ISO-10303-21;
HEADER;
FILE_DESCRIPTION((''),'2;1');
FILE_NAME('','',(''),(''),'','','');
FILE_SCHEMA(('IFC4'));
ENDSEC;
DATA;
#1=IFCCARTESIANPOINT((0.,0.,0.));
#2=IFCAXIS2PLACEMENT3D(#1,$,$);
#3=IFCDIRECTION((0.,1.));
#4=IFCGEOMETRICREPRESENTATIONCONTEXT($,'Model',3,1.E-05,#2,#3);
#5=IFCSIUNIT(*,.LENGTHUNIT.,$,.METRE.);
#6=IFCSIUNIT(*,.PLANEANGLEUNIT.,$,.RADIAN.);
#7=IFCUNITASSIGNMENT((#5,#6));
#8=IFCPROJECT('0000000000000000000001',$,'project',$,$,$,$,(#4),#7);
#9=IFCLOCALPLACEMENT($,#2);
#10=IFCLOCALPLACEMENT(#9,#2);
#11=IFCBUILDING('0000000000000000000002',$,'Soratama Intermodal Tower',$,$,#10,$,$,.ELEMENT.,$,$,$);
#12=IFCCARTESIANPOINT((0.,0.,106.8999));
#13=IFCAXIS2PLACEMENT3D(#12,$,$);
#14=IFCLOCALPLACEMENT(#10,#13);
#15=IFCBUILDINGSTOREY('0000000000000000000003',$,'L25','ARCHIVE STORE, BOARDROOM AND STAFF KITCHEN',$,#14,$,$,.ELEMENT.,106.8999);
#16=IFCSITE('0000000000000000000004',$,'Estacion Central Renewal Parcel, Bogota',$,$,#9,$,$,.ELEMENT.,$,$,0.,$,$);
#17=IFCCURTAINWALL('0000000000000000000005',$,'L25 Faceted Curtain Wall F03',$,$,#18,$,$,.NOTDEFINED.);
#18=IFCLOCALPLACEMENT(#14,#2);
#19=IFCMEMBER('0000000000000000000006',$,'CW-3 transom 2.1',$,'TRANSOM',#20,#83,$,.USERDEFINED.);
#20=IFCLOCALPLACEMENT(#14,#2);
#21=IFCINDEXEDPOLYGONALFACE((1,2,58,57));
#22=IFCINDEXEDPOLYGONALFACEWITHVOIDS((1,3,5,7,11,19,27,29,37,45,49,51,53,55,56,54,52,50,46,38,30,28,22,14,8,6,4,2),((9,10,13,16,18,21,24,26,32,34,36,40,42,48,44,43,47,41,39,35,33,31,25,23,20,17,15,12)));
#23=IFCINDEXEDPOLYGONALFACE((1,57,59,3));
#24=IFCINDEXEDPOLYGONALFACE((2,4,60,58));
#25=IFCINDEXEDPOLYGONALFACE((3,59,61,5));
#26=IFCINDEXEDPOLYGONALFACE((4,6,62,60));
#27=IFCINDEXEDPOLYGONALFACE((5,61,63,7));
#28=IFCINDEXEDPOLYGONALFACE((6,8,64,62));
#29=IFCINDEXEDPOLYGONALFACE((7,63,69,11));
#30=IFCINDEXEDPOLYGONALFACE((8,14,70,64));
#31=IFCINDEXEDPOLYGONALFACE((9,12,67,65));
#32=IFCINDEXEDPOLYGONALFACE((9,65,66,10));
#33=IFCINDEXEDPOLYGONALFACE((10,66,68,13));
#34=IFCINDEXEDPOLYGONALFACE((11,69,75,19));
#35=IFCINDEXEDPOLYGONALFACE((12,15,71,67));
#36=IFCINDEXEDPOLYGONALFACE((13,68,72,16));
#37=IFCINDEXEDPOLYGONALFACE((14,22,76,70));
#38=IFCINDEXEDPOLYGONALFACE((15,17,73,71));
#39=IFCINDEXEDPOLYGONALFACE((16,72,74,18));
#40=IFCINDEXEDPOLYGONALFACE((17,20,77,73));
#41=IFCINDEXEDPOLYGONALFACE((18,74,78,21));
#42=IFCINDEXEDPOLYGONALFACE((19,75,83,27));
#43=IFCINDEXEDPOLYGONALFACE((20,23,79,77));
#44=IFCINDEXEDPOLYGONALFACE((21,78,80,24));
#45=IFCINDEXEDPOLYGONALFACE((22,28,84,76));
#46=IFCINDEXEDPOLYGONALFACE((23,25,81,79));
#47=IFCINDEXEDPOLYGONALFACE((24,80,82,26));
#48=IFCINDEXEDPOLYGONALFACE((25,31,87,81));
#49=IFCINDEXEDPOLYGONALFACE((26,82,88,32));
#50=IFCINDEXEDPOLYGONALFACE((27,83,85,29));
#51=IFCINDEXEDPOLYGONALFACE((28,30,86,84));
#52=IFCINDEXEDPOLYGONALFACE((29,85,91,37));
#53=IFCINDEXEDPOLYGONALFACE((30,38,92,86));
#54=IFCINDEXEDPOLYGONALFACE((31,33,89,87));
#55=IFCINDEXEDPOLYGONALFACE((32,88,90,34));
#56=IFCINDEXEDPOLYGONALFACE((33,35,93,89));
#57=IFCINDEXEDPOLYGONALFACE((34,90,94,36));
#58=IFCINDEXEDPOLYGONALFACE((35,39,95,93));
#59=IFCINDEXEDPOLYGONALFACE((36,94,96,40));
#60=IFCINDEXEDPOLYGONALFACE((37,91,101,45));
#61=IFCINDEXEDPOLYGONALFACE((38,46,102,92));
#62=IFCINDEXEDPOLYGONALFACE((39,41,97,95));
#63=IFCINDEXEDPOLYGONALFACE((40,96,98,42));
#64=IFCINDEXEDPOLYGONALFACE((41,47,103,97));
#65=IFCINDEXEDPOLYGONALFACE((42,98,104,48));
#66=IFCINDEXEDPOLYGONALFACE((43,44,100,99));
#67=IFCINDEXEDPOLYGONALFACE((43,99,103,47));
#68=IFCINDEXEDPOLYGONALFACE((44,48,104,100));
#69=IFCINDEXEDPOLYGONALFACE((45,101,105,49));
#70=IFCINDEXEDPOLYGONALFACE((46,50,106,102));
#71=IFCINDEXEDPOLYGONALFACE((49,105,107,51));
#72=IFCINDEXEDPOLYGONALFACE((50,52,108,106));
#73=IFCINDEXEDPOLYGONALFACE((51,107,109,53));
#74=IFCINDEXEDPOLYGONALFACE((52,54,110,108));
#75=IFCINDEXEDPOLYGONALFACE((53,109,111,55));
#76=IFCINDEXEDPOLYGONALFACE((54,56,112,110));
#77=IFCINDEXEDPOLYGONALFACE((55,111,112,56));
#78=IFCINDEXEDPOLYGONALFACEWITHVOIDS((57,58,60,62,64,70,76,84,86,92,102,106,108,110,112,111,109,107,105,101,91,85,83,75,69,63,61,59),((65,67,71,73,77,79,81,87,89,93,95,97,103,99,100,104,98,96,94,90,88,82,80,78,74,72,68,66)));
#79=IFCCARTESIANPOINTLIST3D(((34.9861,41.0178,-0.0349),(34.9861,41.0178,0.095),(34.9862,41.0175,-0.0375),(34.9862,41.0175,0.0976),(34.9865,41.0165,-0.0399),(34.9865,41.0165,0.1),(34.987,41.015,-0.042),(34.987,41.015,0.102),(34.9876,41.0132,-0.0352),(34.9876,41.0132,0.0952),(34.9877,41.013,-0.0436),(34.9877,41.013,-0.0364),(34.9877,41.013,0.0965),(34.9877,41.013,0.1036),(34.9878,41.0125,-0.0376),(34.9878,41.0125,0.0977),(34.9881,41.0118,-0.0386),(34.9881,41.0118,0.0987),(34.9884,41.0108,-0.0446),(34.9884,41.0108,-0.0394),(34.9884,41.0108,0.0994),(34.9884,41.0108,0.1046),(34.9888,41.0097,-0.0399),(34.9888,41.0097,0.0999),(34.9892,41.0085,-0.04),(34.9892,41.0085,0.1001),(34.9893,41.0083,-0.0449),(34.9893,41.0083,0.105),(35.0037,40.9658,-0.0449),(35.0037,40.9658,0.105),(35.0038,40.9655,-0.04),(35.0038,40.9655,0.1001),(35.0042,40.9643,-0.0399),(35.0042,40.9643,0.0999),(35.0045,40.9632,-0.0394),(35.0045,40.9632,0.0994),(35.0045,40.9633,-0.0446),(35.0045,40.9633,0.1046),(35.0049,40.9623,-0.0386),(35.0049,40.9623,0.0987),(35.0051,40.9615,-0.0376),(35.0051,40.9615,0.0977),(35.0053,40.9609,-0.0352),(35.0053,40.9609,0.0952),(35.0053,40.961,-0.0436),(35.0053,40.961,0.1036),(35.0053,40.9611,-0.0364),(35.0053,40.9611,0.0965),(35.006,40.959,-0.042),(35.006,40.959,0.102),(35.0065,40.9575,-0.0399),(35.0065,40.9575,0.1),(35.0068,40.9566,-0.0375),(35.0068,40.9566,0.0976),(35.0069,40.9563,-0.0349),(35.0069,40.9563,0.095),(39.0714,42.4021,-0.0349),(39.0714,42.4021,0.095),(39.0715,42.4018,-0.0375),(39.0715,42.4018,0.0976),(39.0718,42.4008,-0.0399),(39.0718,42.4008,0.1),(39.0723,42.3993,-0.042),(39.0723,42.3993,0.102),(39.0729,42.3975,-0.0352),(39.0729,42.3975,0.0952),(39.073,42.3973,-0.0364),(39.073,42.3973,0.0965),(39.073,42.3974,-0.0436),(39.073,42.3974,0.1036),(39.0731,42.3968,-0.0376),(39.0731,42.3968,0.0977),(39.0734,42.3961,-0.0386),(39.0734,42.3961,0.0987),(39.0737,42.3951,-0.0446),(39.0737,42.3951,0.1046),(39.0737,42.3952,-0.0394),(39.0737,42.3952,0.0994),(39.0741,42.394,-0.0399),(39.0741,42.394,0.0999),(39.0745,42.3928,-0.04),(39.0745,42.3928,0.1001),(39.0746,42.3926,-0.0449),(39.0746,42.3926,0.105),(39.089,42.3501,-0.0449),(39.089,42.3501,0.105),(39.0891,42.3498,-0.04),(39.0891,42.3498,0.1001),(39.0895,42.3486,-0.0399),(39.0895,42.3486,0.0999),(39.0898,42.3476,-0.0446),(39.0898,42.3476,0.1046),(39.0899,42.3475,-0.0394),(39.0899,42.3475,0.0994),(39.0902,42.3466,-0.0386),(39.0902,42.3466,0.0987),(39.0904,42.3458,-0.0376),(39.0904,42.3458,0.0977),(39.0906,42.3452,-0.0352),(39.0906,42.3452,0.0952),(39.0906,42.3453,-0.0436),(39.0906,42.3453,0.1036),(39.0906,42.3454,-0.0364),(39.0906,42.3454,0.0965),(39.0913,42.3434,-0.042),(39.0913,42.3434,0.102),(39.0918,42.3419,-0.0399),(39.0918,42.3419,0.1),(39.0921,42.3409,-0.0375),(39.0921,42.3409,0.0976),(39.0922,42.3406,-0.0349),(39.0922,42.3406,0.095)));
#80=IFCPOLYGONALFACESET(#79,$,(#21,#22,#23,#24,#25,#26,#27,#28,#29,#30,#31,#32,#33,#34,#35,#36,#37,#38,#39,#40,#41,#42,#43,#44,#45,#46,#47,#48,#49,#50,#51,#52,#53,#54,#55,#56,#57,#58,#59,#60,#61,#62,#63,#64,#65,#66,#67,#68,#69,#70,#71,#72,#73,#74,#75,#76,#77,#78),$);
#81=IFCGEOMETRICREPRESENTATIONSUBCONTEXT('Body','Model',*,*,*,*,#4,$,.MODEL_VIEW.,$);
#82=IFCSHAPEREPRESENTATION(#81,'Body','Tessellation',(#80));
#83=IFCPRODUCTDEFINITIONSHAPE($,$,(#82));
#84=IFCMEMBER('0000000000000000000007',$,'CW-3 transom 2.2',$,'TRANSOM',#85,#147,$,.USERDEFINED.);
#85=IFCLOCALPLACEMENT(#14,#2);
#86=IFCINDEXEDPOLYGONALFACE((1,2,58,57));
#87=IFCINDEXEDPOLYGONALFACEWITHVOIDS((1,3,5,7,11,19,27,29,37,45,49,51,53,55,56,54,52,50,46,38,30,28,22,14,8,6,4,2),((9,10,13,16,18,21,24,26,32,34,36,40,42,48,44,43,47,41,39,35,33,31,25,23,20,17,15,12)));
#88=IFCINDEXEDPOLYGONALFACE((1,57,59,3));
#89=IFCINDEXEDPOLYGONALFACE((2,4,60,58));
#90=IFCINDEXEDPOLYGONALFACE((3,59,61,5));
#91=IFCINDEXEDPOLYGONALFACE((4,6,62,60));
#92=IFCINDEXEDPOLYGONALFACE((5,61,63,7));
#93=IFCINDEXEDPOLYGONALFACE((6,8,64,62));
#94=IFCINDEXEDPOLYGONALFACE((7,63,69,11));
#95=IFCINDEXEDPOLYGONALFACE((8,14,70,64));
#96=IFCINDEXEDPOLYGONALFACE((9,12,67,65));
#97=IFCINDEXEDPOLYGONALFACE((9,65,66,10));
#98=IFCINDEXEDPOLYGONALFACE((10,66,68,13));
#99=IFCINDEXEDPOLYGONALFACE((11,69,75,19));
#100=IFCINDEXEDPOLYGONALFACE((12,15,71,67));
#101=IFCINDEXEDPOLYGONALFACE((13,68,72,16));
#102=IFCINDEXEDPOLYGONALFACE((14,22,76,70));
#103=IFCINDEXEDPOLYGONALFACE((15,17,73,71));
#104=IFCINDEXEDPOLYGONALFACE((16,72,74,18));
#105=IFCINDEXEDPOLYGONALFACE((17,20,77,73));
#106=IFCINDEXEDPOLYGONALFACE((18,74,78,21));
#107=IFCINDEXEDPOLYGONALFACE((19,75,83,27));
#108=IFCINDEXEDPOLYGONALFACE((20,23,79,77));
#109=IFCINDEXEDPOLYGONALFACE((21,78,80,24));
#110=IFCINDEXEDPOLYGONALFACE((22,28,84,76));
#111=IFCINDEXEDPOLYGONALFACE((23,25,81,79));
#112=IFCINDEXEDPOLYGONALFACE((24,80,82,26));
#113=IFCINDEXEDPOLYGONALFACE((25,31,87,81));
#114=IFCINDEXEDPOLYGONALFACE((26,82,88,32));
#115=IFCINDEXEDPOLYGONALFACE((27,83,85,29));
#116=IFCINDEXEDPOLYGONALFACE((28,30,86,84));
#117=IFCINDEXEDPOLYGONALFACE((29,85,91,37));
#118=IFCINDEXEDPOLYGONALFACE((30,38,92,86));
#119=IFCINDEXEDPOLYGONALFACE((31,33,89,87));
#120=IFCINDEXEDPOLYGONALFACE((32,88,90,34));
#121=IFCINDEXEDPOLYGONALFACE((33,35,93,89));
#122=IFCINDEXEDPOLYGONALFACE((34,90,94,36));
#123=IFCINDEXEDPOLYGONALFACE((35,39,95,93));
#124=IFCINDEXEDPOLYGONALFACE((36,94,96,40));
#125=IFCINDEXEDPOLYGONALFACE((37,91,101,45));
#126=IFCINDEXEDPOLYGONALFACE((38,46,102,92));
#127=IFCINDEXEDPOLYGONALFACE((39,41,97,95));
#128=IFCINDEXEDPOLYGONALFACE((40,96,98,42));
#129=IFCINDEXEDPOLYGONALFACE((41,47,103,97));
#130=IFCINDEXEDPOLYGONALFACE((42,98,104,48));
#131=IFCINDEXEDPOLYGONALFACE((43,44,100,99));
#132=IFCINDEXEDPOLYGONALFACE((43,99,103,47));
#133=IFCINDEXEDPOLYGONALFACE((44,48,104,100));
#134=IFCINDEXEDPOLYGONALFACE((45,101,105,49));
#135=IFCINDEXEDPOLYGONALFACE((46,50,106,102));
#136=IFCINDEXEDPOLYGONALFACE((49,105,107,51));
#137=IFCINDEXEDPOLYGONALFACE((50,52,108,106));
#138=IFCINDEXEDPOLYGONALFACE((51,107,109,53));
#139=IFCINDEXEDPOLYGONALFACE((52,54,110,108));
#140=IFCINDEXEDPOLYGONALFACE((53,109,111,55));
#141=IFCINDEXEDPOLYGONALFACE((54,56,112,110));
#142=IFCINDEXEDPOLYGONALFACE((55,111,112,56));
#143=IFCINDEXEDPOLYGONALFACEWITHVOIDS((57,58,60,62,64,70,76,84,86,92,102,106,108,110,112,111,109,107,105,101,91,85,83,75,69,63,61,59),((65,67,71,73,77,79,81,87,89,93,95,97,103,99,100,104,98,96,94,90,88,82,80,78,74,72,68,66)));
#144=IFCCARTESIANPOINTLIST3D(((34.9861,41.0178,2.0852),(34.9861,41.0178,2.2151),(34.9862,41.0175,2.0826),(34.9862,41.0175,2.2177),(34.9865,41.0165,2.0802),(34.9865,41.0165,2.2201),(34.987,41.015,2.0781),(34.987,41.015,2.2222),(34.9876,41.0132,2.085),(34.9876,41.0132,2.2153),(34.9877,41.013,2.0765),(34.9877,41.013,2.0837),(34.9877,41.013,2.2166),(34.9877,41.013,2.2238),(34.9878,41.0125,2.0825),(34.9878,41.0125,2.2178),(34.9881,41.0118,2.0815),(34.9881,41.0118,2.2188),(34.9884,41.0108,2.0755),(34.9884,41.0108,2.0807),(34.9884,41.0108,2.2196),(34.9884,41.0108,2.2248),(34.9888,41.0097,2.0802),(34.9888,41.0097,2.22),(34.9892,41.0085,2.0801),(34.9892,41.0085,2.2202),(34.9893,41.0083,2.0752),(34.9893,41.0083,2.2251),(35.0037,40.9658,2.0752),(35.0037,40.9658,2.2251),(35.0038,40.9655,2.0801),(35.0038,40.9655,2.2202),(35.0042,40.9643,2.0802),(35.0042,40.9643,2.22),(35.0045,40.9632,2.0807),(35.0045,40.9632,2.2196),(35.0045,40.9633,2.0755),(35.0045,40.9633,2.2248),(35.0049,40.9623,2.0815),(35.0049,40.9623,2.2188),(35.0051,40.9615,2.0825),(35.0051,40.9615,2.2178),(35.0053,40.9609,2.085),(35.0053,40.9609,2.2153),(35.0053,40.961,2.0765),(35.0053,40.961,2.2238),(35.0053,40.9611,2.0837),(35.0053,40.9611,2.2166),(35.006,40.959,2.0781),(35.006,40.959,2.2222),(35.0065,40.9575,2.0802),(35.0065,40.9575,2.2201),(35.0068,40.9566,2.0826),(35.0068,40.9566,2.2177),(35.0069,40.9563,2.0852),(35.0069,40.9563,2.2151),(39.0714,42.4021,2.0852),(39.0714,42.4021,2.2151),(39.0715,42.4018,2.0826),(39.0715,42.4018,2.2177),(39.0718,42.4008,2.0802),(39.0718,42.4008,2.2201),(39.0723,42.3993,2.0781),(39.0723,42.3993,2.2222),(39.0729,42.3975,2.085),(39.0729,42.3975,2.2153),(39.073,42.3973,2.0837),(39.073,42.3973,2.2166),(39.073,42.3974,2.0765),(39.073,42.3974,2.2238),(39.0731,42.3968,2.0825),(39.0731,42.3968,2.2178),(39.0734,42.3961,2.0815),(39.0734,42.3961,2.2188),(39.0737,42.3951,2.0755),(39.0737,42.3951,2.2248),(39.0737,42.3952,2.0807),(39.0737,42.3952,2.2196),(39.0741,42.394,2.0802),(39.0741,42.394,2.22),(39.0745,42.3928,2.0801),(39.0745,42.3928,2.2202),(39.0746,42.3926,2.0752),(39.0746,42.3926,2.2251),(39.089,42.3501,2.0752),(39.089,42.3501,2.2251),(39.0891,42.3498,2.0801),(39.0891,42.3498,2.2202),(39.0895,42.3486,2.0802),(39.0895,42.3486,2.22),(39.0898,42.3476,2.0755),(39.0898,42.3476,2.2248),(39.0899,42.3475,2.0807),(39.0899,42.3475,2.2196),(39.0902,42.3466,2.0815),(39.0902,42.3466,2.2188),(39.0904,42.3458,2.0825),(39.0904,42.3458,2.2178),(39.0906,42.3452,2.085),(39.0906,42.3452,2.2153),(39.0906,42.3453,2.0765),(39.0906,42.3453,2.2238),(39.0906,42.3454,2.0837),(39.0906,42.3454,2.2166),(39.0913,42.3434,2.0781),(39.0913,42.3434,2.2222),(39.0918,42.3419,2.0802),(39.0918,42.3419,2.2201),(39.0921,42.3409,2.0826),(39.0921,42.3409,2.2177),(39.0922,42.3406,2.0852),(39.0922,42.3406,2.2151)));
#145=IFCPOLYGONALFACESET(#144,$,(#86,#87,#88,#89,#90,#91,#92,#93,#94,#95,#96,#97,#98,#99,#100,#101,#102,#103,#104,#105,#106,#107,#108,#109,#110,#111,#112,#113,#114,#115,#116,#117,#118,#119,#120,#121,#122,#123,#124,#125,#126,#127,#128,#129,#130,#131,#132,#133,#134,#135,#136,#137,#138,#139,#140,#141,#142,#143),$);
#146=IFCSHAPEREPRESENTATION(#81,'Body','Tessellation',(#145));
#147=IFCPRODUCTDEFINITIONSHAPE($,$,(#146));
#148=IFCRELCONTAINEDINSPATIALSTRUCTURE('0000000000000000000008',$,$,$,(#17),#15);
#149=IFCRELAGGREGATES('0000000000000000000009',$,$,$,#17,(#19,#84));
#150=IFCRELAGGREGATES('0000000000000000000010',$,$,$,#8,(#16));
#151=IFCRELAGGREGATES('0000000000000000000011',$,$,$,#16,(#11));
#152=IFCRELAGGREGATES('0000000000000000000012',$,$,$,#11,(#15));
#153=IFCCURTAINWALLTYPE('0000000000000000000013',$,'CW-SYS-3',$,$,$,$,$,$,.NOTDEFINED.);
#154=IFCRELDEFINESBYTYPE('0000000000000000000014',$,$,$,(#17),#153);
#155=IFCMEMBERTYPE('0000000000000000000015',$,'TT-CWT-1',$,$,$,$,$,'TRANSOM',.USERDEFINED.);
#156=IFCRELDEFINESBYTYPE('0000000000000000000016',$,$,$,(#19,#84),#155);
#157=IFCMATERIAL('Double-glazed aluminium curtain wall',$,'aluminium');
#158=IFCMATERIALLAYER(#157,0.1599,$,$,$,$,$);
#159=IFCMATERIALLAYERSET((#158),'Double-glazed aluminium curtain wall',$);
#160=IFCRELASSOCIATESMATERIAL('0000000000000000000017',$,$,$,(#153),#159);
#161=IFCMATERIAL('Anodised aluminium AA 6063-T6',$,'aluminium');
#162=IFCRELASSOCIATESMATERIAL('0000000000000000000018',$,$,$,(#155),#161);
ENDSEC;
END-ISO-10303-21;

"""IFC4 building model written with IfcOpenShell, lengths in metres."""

from ifc_helpers import new_model, si_unit, direction, frame, origin, origin_2d, place, context, subcontext, project, spatial, hollow_rectangle, extrude, material, layer, layer_set, material_profile, profile_set, type_object, element, aggregate, save


model = new_model("IFC4")

# Units and contexts
model_context = context("Model", 3, precision=1e-05, world=origin(), true_north=direction((0.0, 1.0)))
body_context = subcontext(model_context, "Body", "Model", "MODEL_VIEW")
ifc_project = project(units=[si_unit("LENGTHUNIT", "METRE"), si_unit("PLANEANGLEUNIT", "RADIAN")], contexts=[model_context])

# Site, building, storey
site_placement = place(None, origin())
site = spatial("IfcSite", under=ifc_project, at=site_placement, Name="Estacion Central Renewal Parcel, Bogota", CompositionType="ELEMENT", RefElevation=0.0)
building_placement = place(site_placement, origin())
building = spatial("IfcBuilding", under=site, at=building_placement, Name="Soratama Intermodal Tower", CompositionType="ELEMENT")
storey_placement = place(building_placement, frame((0.0, 0.0, 106.8999)))
storey = spatial("IfcBuildingStorey", under=building, at=storey_placement, Name="L25", Description="ARCHIVE STORE, BOARDROOM AND STAFF KITCHEN", CompositionType="ELEMENT", Elevation=106.8999)

# Curtain wall, members
ifc_material_1 = material(Name="Double-glazed aluminium curtain wall", Category="aluminium")
ifc_layer_1 = layer(ifc_material_1, 0.1599)
ifc_layer_set_1 = layer_set([ifc_layer_1], Name="Double-glazed aluminium curtain wall")
curtain_wall_type = type_object("IfcCurtainWallType", Name="CW-SYS-3", PredefinedType="NOTDEFINED", material=ifc_layer_set_1)
curtain_wall_placement = place(storey_placement, origin())
curtain_wall = element("IfcCurtainWall", 1, at=curtain_wall_placement, inside=storey, type_object=curtain_wall_type, Name="L25 Faceted Curtain Wall F03", PredefinedType="NOTDEFINED")
ifc_material_2 = material(Name="Anodised aluminium AA 6063-T6", Category="aluminium")
ifc_material_profile_1 = material_profile(ifc_material_2, hollow_rectangle(XDim=0.0649, YDim=0.1499, WallThickness=0.0049, InnerFilletRadius=0.0049, OuterFilletRadius=0.01, at=origin_2d()), Name="CWT150X65X5")
ifc_profile_set_1 = profile_set([ifc_material_profile_1], Name="Anodised aluminium AA 6063-T6")
member_type_1 = type_object("IfcMemberType", Name="TT-CWT-1", ElementType="TRANSOM", PredefinedType="USERDEFINED", material=ifc_profile_set_1)
member_1_placement = place(storey_placement, frame((39.0818, 42.3713, 0.03), z_axis=(-0.947104, -0.320927, 0.0), x_axis=(0.320927, -0.947104, 0.0)))
member_1 = element("IfcMember", 2, at=member_1_placement, type_object=member_type_1, Name="CW-3 transom 2.1", ObjectType="TRANSOM", PredefinedType="USERDEFINED", context=body_context, shape_type="SweptSolid", body=[
    extrude(hollow_rectangle(XDim=0.0649, YDim=0.1499, WallThickness=0.0049, InnerFilletRadius=0.0049, OuterFilletRadius=0.01, at=origin_2d()), origin(), (0.0, 0.0, 1.0), 4.3135),
])
member_2_placement = place(storey_placement, frame((39.0818, 42.3713, 2.1501), z_axis=(-0.947104, -0.320927, 0.0), x_axis=(0.320927, -0.947104, 0.0)))
member_2 = element("IfcMember", 3, at=member_2_placement, type_object=member_type_1, Name="CW-3 transom 2.2", ObjectType="TRANSOM", PredefinedType="USERDEFINED", context=body_context, shape_type="SweptSolid", body=[
    extrude(hollow_rectangle(XDim=0.0649, YDim=0.1499, WallThickness=0.0049, InnerFilletRadius=0.0049, OuterFilletRadius=0.01, at=origin_2d()), origin(), (0.0, 0.0, 1.0), 4.3135),
])
aggregate(curtain_wall, [member_1, member_2])

save(model, "model.ifc")
